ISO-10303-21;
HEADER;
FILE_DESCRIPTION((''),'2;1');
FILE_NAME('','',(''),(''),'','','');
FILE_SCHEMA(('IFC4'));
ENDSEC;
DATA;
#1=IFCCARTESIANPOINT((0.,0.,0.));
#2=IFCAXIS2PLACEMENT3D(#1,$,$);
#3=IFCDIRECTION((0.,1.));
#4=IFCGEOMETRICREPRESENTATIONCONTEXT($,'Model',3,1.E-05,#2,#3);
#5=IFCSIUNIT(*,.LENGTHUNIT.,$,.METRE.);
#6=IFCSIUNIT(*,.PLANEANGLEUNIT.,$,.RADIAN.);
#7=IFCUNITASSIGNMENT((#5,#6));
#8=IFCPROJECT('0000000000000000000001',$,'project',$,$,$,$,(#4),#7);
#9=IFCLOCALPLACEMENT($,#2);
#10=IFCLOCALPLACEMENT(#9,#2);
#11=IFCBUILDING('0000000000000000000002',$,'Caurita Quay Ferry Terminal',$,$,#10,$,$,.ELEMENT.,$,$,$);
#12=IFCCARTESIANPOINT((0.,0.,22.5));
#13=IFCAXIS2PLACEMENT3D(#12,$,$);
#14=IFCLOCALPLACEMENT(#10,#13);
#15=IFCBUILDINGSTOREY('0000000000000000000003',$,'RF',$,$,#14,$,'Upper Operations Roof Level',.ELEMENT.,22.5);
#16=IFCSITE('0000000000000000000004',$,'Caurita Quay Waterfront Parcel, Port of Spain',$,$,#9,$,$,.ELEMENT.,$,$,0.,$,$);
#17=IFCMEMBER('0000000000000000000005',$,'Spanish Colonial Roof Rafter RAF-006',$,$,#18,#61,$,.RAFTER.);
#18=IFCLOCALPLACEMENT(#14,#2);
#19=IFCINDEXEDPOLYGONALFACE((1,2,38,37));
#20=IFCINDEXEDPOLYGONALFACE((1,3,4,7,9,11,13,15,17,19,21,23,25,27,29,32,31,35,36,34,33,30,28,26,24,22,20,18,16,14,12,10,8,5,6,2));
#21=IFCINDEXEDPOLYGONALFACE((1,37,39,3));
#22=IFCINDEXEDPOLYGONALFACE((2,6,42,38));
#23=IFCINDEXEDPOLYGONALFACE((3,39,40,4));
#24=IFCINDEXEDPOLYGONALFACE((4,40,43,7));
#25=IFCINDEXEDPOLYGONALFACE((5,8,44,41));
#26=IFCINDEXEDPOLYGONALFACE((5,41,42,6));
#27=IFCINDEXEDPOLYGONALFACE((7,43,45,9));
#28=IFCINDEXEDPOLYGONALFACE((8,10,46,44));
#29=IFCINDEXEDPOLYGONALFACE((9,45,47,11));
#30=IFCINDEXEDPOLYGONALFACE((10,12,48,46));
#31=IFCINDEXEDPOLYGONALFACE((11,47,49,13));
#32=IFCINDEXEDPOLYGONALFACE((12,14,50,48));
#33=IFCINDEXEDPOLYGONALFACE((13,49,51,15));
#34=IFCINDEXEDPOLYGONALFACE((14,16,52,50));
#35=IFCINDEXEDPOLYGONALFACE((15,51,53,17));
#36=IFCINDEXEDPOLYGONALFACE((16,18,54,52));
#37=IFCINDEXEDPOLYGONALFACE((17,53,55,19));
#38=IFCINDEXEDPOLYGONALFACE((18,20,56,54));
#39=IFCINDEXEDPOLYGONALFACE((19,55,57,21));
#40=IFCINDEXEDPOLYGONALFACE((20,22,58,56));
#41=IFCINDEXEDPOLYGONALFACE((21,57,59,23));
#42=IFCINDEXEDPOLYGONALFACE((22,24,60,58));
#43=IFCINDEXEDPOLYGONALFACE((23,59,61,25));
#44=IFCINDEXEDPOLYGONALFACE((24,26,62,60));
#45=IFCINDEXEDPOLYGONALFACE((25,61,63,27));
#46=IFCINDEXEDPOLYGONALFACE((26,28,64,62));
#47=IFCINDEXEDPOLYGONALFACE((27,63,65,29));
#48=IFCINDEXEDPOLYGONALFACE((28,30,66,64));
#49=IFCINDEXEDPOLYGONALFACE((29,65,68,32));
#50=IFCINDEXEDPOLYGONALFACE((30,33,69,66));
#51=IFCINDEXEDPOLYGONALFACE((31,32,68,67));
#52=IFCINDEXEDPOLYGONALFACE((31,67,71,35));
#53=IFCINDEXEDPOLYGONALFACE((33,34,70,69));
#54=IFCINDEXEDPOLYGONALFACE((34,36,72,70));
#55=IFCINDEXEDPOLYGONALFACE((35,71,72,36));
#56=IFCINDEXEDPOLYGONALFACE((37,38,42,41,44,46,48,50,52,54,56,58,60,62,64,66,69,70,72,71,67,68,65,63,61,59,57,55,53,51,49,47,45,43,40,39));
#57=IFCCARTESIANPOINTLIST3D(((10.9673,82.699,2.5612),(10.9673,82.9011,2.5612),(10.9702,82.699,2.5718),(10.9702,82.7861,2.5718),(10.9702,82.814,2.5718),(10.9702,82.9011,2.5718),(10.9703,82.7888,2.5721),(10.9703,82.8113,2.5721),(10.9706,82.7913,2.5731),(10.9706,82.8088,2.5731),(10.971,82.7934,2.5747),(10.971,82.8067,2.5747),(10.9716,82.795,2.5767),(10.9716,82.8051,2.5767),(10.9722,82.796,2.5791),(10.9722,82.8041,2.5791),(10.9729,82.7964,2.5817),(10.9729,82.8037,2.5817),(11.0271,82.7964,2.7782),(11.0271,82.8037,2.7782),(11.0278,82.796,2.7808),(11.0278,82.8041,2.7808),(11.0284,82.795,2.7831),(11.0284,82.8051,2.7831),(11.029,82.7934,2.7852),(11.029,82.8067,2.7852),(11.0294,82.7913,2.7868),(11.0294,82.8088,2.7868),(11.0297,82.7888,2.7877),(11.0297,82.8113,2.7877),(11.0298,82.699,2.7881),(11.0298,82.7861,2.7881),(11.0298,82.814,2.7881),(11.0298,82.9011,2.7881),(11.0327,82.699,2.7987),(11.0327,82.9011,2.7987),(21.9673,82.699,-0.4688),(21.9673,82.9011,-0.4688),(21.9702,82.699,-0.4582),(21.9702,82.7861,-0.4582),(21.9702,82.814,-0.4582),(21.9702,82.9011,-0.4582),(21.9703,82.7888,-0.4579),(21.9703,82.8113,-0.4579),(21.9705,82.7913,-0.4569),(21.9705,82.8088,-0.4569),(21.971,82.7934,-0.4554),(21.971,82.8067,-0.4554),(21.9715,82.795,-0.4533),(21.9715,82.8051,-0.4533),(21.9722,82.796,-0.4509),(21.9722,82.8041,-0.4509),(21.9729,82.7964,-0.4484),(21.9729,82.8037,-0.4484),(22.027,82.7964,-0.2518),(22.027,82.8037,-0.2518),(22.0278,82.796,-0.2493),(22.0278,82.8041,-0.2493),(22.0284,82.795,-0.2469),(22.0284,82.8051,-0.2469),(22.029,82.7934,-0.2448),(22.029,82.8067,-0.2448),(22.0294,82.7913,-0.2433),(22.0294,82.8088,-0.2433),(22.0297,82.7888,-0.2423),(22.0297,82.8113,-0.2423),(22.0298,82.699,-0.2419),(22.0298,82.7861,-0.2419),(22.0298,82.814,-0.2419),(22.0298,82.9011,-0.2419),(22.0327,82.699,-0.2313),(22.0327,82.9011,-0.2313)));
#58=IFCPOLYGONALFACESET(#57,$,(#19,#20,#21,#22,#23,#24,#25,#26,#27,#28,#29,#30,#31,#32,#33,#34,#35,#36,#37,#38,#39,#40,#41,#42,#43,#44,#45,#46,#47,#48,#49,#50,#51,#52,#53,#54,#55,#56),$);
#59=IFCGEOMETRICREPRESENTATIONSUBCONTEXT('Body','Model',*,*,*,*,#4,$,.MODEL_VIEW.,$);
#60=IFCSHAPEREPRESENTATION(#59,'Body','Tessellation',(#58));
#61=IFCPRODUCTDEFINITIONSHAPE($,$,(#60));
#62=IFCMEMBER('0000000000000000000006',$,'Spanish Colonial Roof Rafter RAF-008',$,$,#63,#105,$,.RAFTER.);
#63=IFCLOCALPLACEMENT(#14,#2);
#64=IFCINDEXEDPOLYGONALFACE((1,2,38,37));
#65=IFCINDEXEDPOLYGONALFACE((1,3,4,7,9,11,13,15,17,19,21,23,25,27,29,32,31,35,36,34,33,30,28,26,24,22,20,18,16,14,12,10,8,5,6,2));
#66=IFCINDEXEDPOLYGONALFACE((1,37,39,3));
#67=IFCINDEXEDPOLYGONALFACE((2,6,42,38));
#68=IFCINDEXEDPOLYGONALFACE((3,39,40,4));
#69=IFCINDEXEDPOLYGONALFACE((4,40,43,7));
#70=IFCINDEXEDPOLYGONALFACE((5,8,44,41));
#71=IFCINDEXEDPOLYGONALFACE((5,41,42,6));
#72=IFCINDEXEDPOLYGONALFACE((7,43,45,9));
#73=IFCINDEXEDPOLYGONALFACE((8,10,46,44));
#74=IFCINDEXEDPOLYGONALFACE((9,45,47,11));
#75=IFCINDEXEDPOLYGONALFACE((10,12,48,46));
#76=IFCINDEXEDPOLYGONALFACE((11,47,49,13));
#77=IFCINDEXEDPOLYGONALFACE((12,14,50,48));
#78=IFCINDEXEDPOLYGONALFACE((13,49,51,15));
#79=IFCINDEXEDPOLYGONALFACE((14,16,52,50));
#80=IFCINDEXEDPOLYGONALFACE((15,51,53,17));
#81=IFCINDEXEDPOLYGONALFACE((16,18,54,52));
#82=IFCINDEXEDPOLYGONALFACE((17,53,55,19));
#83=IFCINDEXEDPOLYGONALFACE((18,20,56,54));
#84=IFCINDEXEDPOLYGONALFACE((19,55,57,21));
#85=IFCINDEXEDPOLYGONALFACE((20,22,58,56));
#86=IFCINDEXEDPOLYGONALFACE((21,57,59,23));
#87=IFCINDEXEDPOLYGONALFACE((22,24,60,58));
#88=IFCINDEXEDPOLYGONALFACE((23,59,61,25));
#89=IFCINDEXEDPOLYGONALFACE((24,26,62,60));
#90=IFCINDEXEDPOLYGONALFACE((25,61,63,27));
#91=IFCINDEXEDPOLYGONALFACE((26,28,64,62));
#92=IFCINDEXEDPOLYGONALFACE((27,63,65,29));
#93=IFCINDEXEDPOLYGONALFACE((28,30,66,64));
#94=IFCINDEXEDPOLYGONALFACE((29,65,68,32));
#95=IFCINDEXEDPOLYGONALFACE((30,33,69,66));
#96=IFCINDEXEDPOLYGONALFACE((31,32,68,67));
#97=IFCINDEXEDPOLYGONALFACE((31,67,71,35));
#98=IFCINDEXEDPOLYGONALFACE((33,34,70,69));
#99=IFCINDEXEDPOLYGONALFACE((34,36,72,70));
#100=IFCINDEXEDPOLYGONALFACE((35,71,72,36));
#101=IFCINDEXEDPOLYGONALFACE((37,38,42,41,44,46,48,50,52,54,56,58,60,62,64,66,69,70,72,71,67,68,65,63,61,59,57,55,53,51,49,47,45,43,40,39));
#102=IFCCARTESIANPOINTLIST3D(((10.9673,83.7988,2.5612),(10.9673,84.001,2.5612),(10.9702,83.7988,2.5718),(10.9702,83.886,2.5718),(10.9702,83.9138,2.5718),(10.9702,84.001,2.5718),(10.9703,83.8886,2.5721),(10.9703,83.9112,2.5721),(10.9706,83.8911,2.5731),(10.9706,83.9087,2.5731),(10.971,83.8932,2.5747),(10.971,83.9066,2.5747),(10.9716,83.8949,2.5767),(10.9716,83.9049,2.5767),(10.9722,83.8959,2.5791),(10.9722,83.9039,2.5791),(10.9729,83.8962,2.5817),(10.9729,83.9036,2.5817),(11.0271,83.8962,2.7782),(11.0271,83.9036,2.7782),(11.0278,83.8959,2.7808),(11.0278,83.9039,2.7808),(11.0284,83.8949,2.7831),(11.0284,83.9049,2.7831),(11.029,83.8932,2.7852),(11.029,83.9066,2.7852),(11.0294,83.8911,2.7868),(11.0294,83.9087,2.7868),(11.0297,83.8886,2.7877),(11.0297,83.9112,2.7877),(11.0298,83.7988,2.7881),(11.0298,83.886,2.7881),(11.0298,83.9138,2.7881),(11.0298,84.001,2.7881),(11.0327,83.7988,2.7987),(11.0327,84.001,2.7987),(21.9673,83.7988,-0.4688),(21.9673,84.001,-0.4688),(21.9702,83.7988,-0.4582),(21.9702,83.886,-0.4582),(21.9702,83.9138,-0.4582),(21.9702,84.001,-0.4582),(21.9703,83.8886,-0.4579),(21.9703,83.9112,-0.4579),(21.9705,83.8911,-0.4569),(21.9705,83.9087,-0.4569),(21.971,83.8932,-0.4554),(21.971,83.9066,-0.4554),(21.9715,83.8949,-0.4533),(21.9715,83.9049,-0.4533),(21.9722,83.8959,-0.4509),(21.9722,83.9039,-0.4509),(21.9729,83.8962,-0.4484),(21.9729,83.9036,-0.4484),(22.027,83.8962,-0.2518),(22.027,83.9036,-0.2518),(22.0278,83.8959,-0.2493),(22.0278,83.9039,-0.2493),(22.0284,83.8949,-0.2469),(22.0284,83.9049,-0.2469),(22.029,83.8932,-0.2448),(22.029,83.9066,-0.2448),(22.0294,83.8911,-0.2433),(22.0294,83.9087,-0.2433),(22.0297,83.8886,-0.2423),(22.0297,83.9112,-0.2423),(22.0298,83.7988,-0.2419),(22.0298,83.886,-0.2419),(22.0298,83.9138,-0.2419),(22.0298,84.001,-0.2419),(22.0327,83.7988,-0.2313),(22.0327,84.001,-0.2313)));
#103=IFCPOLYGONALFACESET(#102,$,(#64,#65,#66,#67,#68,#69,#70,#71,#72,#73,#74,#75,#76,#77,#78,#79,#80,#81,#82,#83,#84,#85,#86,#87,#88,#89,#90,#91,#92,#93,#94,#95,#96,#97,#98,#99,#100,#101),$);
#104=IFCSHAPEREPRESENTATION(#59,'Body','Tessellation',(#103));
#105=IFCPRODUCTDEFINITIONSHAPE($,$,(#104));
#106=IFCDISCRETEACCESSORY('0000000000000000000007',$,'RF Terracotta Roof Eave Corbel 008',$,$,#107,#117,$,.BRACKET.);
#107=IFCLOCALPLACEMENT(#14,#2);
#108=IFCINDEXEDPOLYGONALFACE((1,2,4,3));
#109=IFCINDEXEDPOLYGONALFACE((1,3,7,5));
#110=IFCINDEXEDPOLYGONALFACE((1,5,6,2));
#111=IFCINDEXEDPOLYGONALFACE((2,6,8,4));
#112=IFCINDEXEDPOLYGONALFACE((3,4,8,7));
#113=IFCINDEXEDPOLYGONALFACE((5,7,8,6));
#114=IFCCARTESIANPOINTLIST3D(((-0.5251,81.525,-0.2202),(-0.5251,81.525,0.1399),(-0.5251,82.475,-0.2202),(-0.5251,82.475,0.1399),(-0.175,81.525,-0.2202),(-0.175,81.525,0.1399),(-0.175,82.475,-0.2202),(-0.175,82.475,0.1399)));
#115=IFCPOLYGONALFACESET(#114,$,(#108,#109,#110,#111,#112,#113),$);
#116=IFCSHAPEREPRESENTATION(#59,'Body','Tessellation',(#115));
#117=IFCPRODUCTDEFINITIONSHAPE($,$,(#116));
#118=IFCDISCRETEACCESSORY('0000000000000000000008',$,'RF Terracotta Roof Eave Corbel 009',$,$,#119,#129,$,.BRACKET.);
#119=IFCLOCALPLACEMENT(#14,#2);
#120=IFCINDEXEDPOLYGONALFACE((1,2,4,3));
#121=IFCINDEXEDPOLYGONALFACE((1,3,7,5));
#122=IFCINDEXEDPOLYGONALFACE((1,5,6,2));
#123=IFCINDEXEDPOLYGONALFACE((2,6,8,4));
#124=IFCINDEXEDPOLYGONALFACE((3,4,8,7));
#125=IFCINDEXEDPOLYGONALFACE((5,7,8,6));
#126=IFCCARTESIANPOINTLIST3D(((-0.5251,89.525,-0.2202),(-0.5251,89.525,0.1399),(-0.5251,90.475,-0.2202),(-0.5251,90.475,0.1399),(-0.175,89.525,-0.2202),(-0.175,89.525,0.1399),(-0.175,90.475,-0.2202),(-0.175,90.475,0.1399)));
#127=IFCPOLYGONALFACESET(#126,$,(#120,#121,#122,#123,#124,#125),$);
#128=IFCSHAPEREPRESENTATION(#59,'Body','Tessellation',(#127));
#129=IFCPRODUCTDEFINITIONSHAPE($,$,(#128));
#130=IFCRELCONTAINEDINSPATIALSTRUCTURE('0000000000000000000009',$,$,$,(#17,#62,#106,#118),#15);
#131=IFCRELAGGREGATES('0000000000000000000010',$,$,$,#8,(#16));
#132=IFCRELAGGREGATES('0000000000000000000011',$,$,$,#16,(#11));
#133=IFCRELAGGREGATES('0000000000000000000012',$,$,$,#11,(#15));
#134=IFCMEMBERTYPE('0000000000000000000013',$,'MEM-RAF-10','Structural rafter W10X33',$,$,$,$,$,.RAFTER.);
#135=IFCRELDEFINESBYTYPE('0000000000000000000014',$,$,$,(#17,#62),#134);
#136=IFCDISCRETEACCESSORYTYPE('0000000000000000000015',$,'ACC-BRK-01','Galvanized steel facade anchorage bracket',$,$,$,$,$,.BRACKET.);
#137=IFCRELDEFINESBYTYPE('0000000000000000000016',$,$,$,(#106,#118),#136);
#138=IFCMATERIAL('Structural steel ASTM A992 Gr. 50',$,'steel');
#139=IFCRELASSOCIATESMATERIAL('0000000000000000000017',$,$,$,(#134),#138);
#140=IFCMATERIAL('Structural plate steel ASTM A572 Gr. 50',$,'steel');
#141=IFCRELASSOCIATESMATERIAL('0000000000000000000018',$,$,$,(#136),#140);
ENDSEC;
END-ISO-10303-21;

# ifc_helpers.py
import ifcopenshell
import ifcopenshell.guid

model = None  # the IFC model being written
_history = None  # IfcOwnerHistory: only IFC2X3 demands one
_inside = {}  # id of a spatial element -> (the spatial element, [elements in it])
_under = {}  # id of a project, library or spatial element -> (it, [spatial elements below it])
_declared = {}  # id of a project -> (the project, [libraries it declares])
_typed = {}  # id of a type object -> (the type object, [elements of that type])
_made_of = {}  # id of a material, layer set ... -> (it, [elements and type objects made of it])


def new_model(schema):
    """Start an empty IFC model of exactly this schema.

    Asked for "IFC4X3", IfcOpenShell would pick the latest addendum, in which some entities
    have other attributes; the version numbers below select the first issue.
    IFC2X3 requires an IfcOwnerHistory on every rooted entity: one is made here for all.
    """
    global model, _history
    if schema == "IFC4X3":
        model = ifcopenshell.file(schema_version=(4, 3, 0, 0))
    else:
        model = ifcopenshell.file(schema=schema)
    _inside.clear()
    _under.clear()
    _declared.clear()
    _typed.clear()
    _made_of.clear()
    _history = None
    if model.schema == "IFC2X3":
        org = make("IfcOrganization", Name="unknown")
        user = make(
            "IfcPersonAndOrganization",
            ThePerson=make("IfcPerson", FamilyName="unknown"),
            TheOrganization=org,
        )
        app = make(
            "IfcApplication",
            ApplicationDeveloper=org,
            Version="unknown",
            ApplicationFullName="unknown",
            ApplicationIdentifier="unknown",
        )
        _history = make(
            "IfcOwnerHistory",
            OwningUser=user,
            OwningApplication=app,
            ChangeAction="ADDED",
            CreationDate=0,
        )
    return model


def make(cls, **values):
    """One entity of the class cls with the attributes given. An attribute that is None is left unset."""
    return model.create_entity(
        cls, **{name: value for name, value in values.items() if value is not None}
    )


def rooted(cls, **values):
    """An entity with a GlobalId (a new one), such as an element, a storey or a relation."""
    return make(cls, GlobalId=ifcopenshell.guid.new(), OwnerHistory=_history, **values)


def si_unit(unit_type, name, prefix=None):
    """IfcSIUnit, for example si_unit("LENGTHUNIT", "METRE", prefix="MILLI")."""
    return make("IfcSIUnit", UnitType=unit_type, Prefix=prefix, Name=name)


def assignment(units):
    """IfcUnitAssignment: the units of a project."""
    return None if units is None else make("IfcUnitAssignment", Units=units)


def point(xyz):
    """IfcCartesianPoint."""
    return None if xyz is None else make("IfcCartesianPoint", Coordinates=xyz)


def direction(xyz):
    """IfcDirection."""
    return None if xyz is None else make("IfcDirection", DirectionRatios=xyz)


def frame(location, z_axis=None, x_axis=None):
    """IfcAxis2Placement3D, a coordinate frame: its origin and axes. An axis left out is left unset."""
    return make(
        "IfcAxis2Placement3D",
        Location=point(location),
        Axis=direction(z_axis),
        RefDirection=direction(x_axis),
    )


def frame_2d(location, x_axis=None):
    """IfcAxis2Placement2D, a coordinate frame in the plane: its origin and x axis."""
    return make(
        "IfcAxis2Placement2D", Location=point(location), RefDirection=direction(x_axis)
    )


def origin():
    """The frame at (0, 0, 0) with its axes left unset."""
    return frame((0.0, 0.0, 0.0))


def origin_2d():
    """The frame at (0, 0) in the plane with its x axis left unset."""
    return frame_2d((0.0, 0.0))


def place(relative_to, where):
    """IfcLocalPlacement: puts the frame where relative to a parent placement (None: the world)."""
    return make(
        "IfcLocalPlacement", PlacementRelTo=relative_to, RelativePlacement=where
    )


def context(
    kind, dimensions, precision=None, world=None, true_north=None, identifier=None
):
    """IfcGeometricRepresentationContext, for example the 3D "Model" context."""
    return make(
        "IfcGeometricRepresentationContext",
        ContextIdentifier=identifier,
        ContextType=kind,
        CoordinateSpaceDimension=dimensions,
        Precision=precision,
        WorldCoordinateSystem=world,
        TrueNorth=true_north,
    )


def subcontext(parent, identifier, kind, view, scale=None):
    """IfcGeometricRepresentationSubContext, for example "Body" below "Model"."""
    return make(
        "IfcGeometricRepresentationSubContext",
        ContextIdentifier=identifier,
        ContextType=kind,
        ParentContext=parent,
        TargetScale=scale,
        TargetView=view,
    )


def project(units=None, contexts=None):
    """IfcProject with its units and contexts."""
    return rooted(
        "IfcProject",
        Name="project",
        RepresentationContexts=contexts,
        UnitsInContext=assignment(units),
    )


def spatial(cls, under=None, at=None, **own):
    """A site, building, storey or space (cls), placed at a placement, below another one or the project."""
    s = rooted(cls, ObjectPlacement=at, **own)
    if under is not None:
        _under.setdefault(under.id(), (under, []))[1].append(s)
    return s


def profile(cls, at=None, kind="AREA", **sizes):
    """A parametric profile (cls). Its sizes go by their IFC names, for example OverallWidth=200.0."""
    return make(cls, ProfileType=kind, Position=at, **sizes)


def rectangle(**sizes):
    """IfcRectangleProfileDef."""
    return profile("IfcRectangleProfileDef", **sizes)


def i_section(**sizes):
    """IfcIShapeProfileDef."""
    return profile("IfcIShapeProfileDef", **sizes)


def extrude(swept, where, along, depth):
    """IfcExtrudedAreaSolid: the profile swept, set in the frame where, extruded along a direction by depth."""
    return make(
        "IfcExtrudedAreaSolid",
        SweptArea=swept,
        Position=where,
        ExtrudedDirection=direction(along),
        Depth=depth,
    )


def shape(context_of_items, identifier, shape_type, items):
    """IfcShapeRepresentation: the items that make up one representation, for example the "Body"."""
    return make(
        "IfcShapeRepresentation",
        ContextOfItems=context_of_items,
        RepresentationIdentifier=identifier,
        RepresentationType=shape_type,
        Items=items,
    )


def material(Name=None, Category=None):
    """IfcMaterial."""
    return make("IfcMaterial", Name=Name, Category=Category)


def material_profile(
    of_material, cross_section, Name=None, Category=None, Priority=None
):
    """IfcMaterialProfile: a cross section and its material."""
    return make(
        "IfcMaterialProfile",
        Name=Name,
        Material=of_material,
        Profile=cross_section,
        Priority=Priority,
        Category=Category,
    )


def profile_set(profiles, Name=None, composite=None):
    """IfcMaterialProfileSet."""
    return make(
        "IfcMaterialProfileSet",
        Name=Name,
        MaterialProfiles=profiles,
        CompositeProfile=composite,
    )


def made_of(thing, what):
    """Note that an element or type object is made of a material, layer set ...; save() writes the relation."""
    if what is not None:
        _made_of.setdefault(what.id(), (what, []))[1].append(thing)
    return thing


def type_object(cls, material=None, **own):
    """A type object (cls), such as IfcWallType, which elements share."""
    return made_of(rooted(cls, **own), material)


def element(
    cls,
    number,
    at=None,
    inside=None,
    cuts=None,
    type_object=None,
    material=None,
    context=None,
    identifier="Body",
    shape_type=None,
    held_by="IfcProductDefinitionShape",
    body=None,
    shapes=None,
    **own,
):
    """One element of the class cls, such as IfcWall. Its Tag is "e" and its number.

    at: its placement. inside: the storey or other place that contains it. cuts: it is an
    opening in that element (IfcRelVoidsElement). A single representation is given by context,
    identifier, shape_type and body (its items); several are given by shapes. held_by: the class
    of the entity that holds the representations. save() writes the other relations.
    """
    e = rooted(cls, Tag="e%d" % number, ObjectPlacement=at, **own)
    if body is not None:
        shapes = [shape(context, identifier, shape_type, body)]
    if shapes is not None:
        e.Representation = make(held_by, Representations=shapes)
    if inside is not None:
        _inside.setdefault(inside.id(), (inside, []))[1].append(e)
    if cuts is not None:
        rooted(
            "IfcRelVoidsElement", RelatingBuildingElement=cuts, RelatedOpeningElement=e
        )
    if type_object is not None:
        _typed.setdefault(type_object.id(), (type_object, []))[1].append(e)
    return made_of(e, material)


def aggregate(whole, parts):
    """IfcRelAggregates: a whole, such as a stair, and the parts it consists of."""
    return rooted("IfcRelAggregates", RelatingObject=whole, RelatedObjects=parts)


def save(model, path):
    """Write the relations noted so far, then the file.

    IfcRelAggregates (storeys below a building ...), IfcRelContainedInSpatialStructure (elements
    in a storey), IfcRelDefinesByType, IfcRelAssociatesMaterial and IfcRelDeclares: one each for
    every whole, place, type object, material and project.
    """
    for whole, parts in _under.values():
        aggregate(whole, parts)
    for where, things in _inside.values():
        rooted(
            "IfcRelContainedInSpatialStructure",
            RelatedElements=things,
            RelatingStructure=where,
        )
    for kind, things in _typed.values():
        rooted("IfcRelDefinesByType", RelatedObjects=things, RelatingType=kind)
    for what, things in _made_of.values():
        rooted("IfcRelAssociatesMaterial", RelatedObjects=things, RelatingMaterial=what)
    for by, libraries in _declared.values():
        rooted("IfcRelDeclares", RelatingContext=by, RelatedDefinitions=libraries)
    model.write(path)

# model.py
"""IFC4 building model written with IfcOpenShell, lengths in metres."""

from ifc_helpers import new_model, si_unit, direction, frame, origin, origin_2d, place, context, subcontext, project, spatial, rectangle, i_section, extrude, material, material_profile, profile_set, type_object, element, save


model = new_model("IFC4")

# Units and contexts
model_context = context("Model", 3, precision=1e-05, world=origin(), true_north=direction((0.0, 1.0)))
body_context = subcontext(model_context, "Body", "Model", "MODEL_VIEW")
ifc_project = project(units=[si_unit("LENGTHUNIT", "METRE"), si_unit("PLANEANGLEUNIT", "RADIAN")], contexts=[model_context])

# Site, building, storey
site_placement = place(None, origin())
site = spatial("IfcSite", under=ifc_project, at=site_placement, Name="Caurita Quay Waterfront Parcel, Port of Spain", CompositionType="ELEMENT", RefElevation=0.0)
building_placement = place(site_placement, origin())
building = spatial("IfcBuilding", under=site, at=building_placement, Name="Caurita Quay Ferry Terminal", CompositionType="ELEMENT")
storey_placement = place(building_placement, frame((0.0, 0.0, 22.5)))
storey = spatial("IfcBuildingStorey", under=building, at=storey_placement, Name="RF", LongName="Upper Operations Roof Level", CompositionType="ELEMENT", Elevation=22.5)

# Shared definitions
ifc_material_1 = material(Name="Structural steel ASTM A992 Gr. 50", Category="steel")

# Members
ifc_material_profile_1 = material_profile(ifc_material_1, i_section(OverallWidth=0.2021, OverallDepth=0.2463, WebThickness=0.0073, FlangeThickness=0.011, FilletRadius=0.0103, at=origin_2d()), Name="W10X33")
ifc_profile_set_1 = profile_set([ifc_material_profile_1], Name="Structural steel ASTM A992 Gr. 50")
member_type_1 = type_object("IfcMemberType", Name="MEM-RAF-10", Description="Structural rafter W10X33", PredefinedType="RAFTER", material=ifc_profile_set_1)
for number, where, z_axis, x_axis, name in (
    (1, (11.0, 82.8, 2.6799), (0.964093, 0.0, -0.265566), (0.0, 1.0, 0.0), "Spanish Colonial Roof Rafter RAF-006"),
    (2, (11.0, 83.8999, 2.6799), (0.964093, 0.0, -0.265566), (0.0, 1.0, 0.0), "Spanish Colonial Roof Rafter RAF-008"),
):
    element("IfcMember", number, at=place(storey_placement, frame(where, z_axis=z_axis, x_axis=x_axis)), inside=storey, type_object=member_type_1, Name=name, PredefinedType="RAFTER", context=body_context, shape_type="SweptSolid", body=[
        extrude(i_section(OverallWidth=0.2021, OverallDepth=0.2463, WebThickness=0.0073, FlangeThickness=0.011, FilletRadius=0.0103, at=origin_2d()), origin(), (0.0, 0.0, 1.0), 11.4097),
    ])

# Discrete accessories
ifc_material_2 = material(Name="Structural plate steel ASTM A572 Gr. 50", Category="steel")
discrete_accessory_type = type_object("IfcDiscreteAccessoryType", Name="ACC-BRK-01", Description="Galvanized steel facade anchorage bracket", PredefinedType="BRACKET", material=ifc_material_2)
for number, where, z_axis, x_axis, name in (
    (3, (-0.3501, 82.0, -0.2202), (0.0, 0.0, 1.0), (1.0, 0.0, 0.0), "RF Terracotta Roof Eave Corbel 008"),
    (4, (-0.3501, 90.0, -0.2202), (0.0, 0.0, 1.0), (1.0, 0.0, 0.0), "RF Terracotta Roof Eave Corbel 009"),
):
    element("IfcDiscreteAccessory", number, at=place(storey_placement, frame(where, z_axis=z_axis, x_axis=x_axis)), inside=storey, type_object=discrete_accessory_type, Name=name, PredefinedType="BRACKET", context=body_context, shape_type="SweptSolid", body=[
        extrude(rectangle(XDim=0.3501, YDim=0.95, at=origin_2d()), origin(), (0.0, 0.0, 1.0), 0.3601),
    ])

save(model, "model.ifc")
